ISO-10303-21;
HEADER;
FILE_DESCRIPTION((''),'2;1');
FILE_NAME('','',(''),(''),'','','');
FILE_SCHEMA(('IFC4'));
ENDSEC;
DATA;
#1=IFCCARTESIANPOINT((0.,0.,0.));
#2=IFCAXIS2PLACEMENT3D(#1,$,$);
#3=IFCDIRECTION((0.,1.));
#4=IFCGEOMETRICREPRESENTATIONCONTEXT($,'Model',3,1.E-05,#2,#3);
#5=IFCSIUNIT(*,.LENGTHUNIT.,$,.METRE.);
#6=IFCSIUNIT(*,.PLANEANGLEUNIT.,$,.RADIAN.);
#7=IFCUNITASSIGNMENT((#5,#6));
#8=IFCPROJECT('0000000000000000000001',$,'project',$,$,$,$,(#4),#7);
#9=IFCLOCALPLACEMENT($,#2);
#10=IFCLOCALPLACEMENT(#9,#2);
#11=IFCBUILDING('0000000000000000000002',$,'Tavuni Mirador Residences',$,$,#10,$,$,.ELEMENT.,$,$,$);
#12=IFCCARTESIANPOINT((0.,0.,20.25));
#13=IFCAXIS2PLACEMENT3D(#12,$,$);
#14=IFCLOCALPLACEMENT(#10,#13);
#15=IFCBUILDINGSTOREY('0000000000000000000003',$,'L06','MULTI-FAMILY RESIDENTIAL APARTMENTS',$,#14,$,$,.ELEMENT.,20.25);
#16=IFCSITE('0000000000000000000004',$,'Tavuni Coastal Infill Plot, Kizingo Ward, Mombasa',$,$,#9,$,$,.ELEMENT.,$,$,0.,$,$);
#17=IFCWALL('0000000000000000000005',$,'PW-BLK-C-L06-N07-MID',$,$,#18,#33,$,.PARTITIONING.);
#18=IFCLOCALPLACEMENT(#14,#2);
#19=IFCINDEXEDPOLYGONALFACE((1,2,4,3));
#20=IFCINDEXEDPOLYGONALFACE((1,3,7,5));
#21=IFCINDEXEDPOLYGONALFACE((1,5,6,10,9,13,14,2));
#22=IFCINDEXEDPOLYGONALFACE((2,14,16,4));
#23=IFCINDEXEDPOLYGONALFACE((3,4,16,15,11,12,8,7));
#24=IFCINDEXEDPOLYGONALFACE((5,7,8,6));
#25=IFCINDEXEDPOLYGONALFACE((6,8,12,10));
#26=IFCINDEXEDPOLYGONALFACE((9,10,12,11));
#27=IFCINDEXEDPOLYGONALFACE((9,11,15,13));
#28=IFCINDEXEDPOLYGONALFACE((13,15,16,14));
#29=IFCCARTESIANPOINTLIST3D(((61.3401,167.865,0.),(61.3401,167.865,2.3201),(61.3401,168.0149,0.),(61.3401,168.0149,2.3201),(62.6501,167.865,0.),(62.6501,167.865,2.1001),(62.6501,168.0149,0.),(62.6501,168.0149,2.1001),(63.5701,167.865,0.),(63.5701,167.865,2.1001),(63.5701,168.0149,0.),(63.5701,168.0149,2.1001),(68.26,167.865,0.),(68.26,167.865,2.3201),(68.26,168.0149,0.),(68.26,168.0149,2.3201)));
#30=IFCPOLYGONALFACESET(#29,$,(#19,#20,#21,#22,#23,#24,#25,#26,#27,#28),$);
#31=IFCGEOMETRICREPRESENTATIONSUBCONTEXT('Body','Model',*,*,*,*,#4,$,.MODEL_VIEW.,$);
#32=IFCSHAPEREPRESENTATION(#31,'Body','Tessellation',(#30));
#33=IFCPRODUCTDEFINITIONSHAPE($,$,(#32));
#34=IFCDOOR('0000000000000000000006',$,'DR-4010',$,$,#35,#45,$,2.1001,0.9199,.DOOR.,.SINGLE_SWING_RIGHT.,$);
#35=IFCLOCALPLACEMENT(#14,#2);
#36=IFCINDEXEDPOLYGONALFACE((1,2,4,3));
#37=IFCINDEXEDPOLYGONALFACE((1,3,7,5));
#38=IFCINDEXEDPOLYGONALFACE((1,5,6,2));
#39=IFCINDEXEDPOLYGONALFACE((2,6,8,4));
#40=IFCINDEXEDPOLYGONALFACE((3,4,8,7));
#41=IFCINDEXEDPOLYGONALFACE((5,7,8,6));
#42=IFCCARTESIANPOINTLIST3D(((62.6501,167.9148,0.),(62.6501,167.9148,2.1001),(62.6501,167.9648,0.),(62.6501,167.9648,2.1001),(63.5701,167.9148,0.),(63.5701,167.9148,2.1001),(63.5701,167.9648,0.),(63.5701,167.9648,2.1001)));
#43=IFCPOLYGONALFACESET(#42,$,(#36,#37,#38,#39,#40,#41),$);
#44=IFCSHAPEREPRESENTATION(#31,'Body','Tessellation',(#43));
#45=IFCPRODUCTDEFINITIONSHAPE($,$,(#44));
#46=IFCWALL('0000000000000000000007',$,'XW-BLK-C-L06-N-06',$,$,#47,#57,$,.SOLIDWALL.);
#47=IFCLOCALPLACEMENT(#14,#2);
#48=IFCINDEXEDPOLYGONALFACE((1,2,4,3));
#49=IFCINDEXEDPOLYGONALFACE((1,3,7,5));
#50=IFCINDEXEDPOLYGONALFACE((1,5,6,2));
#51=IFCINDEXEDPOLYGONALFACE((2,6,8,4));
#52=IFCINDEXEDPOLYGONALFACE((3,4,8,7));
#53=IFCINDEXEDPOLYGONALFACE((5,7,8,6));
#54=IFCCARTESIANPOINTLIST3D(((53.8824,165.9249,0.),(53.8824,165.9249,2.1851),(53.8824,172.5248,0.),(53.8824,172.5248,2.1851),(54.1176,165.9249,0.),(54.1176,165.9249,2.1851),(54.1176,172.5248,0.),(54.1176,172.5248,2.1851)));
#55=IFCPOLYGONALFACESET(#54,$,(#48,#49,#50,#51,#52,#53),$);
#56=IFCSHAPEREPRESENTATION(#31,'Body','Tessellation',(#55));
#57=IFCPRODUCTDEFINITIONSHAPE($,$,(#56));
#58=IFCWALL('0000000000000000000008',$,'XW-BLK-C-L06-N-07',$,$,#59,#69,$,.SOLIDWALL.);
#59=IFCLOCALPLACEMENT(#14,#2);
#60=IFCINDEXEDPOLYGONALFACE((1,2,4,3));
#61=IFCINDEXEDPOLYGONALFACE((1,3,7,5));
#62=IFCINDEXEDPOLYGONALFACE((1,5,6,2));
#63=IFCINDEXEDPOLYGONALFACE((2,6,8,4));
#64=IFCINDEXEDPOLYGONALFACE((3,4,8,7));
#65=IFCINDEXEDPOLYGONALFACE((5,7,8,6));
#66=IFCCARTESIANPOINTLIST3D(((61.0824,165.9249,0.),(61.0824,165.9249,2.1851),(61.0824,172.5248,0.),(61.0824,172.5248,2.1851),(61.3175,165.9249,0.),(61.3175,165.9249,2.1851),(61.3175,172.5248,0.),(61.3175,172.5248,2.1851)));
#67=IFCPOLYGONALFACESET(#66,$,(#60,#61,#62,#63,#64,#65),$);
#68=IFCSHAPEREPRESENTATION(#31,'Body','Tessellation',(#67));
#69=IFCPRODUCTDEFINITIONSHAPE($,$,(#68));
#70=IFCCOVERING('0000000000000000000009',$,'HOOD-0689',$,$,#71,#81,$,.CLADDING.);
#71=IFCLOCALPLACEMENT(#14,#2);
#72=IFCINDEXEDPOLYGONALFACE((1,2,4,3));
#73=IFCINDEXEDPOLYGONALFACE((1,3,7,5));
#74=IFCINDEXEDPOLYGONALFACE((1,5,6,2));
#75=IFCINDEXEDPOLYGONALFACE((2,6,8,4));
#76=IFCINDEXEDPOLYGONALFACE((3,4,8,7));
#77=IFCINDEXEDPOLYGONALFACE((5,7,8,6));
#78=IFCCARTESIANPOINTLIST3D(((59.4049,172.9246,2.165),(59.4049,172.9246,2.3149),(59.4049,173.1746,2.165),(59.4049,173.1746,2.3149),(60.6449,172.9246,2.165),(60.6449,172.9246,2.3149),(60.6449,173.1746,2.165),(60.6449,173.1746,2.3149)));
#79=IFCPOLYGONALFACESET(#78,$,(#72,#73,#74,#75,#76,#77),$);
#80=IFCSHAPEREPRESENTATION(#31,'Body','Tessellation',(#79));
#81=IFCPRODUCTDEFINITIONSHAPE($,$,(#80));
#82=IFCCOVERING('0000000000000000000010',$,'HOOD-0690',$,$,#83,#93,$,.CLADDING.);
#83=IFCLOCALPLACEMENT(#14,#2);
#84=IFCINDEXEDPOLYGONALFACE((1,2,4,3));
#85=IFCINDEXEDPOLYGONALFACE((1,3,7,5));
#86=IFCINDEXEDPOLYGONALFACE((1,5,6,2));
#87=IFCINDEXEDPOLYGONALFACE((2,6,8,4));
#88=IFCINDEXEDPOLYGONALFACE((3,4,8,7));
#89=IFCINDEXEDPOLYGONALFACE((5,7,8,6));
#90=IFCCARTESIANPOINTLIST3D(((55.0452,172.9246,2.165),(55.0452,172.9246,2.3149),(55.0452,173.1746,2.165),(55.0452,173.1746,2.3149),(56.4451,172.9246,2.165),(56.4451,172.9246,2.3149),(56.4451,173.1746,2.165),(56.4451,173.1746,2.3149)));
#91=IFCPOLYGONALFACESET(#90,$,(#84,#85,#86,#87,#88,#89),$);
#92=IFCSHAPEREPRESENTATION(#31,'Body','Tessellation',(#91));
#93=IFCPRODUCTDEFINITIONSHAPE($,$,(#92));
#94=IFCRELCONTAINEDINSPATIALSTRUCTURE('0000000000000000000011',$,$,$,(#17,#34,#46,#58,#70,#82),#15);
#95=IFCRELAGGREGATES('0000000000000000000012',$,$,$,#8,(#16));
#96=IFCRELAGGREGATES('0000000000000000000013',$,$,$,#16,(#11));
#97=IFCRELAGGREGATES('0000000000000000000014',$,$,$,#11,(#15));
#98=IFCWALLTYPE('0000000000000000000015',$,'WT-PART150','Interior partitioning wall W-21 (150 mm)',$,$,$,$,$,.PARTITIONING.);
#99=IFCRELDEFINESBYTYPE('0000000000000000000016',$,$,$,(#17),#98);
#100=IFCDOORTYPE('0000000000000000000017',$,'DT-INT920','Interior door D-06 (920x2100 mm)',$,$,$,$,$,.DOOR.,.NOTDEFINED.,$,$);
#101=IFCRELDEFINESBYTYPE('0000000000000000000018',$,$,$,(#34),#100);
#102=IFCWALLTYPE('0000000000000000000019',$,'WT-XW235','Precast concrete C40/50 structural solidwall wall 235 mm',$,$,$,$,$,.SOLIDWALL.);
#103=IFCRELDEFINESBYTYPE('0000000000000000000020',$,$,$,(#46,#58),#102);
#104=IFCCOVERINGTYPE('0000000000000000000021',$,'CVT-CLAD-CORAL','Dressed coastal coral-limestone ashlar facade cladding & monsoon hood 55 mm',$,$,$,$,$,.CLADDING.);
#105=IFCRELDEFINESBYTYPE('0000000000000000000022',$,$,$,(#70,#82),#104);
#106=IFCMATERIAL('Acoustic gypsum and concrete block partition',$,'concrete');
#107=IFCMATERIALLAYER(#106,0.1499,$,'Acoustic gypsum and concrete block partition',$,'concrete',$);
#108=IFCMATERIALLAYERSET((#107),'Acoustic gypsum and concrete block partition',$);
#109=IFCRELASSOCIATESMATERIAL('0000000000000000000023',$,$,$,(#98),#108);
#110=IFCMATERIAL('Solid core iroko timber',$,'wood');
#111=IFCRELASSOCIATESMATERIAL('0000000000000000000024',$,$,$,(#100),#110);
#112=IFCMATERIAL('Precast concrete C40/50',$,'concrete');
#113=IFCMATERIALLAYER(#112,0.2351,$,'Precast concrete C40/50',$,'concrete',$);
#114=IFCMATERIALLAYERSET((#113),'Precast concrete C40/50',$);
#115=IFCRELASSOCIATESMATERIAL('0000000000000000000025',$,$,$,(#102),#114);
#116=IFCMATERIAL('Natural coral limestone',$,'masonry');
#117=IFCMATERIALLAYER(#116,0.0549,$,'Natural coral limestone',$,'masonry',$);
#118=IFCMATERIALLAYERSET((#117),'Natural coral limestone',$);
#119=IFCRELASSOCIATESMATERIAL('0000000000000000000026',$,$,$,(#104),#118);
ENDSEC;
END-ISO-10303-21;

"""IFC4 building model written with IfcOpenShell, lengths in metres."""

from ifc_helpers import new_model, si_unit, direction, frame, frame_2d, origin, origin_2d, place, context, subcontext, project, spatial, rectangle, extrude, material, layer, layer_set, type_object, element, fill, save


model = new_model("IFC4")

# Units and contexts
model_context = context("Model", 3, precision=1e-05, world=origin(), true_north=direction((0.0, 1.0)))
body_context = subcontext(model_context, "Body", "Model", "MODEL_VIEW")
ifc_project = project(units=[si_unit("LENGTHUNIT", "METRE"), si_unit("PLANEANGLEUNIT", "RADIAN")], contexts=[model_context])

# Site, building, storey
site_placement = place(None, origin())
site = spatial("IfcSite", under=ifc_project, at=site_placement, Name="Tavuni Coastal Infill Plot, Kizingo Ward, Mombasa", CompositionType="ELEMENT", RefElevation=0.0)
building_placement = place(site_placement, origin())
building = spatial("IfcBuilding", under=site, at=building_placement, Name="Tavuni Mirador Residences", CompositionType="ELEMENT")
storey_placement = place(building_placement, frame((0.0, 0.0, 20.25)))
storey = spatial("IfcBuildingStorey", under=building, at=storey_placement, Name="L06", Description="MULTI-FAMILY RESIDENTIAL APARTMENTS", CompositionType="ELEMENT", Elevation=20.25)

# Shared definitions
ifc_material_1 = material(Name="Precast concrete C40/50", Category="concrete")

# Shared definitions
ifc_material_2 = material(Name="Solid core iroko timber", Category="wood")

# Wall, opening, door
ifc_material_3 = material(Name="Acoustic gypsum and concrete block partition", Category="concrete")
ifc_layer_1 = layer(ifc_material_3, 0.1499, Name="Acoustic gypsum and concrete block partition", Category="concrete")
ifc_layer_set_1 = layer_set([ifc_layer_1], Name="Acoustic gypsum and concrete block partition")
wall_type_1 = type_object("IfcWallType", Name="WT-PART150", Description="Interior partitioning wall W-21 (150 mm)", PredefinedType="PARTITIONING", material=ifc_layer_set_1)
wall_1_placement = place(storey_placement, frame((61.3401, 167.9399, 0.0), z_axis=(0.0, 0.0, 1.0), x_axis=(1.0, 0.0, 0.0)))
wall_1 = element("IfcWall", 1, at=wall_1_placement, inside=storey, type_object=wall_type_1, Name="PW-BLK-C-L06-N07-MID", PredefinedType="PARTITIONING", context=body_context, shape_type="SweptSolid", body=[
    extrude(rectangle(XDim=6.9199, YDim=0.1499, at=frame_2d((3.46, 0.0))), origin(), (0.0, 0.0, 1.0), 2.3201),
])
opening_1_placement = place(wall_1_placement, frame((1.3101, 0.0, 0.0)))
opening_1 = element("IfcOpeningElement", 2, at=opening_1_placement, cuts=wall_1, PredefinedType="OPENING", context=body_context, shape_type="SweptSolid", body=[
    extrude(rectangle(XDim=0.9199, YDim=2.1001, at=frame_2d((0.46, 1.05))), frame((0.0, 0.085, 0.0), z_axis=(0.0, -1.0, 0.0), x_axis=(1.0, 0.0, 0.0)), (0.0, 0.0, 1.0), 0.1699),
])
door_type_1 = type_object("IfcDoorType", Name="DT-INT920", Description="Interior door D-06 (920x2100 mm)", OperationType="NOTDEFINED", PredefinedType="DOOR", material=ifc_material_2)
door_1_placement = place(opening_1_placement, origin())
door_1 = element("IfcDoor", 3, at=door_1_placement, inside=storey, type_object=door_type_1, Name="DR-4010", OperationType="SINGLE_SWING_RIGHT", OverallHeight=2.1001, OverallWidth=0.9199, PredefinedType="DOOR", context=body_context, shape_type="SweptSolid", body=[
    extrude(rectangle(XDim=0.9199, YDim=2.1001, at=frame_2d((0.46, 1.05))), frame((0.0, 0.0249, 0.0), z_axis=(0.0, -1.0, 0.0), x_axis=(1.0, 0.0, 0.0)), (0.0, 0.0, 1.0), 0.05),
])
fill(opening_1, door_1)

# Walls
ifc_layer_2 = layer(ifc_material_1, 0.2351, Name="Precast concrete C40/50", Category="concrete")
ifc_layer_set_2 = layer_set([ifc_layer_2], Name="Precast concrete C40/50")
wall_type_2 = type_object("IfcWallType", Name="WT-XW235", Description="Precast concrete C40/50 structural solidwall wall 235 mm", PredefinedType="SOLIDWALL", material=ifc_layer_set_2)
for number, where, z_axis, x_axis, name in (
    (4, (54.0, 165.925, 0.0), (0.0, 0.0, 1.0), (0.0, 1.0, 0.0), "XW-BLK-C-L06-N-06"),
    (5, (61.2, 165.925, 0.0), (0.0, 0.0, 1.0), (0.0, 1.0, 0.0), "XW-BLK-C-L06-N-07"),
):
    element("IfcWall", number, at=place(storey_placement, frame(where, z_axis=z_axis, x_axis=x_axis)), inside=storey, type_object=wall_type_2, Name=name, PredefinedType="SOLIDWALL", context=body_context, shape_type="SweptSolid", body=[
        extrude(rectangle(XDim=6.5999, YDim=0.2351, at=frame_2d((3.2998, 0.0))), origin(), (0.0, 0.0, 1.0), 2.1851),
    ])

# Coverings
ifc_material_4 = material(Name="Natural coral limestone", Category="masonry")
ifc_layer_3 = layer(ifc_material_4, 0.0549, Name="Natural coral limestone", Category="masonry")
ifc_layer_set_3 = layer_set([ifc_layer_3], Name="Natural coral limestone")
covering_type = type_object("IfcCoveringType", Name="CVT-CLAD-CORAL", Description="Dressed coastal coral-limestone ashlar facade cladding & monsoon hood 55 mm", PredefinedType="CLADDING", material=ifc_layer_set_3)
covering_1_placement = place(storey_placement, frame((60.0249, 173.0496, 2.165), z_axis=(0.0, 0.0, 1.0), x_axis=(-1.0, 0.0, 0.0)))
element("IfcCovering", 6, at=covering_1_placement, inside=storey, type_object=covering_type, Name="HOOD-0689", PredefinedType="CLADDING", context=body_context, shape_type="SweptSolid", body=[
    extrude(rectangle(XDim=1.24, YDim=0.25, at=origin_2d()), origin(), (0.0, 0.0, 1.0), 0.1499),
])
covering_2_placement = place(storey_placement, frame((55.7451, 173.0496, 2.165), z_axis=(0.0, 0.0, 1.0), x_axis=(-1.0, 0.0, 0.0)))
element("IfcCovering", 7, at=covering_2_placement, inside=storey, type_object=covering_type, Name="HOOD-0690", PredefinedType="CLADDING", context=body_context, shape_type="SweptSolid", body=[
    extrude(rectangle(XDim=1.3999, YDim=0.25, at=origin_2d()), origin(), (0.0, 0.0, 1.0), 0.1499),
])

save(model, "model.ifc")
